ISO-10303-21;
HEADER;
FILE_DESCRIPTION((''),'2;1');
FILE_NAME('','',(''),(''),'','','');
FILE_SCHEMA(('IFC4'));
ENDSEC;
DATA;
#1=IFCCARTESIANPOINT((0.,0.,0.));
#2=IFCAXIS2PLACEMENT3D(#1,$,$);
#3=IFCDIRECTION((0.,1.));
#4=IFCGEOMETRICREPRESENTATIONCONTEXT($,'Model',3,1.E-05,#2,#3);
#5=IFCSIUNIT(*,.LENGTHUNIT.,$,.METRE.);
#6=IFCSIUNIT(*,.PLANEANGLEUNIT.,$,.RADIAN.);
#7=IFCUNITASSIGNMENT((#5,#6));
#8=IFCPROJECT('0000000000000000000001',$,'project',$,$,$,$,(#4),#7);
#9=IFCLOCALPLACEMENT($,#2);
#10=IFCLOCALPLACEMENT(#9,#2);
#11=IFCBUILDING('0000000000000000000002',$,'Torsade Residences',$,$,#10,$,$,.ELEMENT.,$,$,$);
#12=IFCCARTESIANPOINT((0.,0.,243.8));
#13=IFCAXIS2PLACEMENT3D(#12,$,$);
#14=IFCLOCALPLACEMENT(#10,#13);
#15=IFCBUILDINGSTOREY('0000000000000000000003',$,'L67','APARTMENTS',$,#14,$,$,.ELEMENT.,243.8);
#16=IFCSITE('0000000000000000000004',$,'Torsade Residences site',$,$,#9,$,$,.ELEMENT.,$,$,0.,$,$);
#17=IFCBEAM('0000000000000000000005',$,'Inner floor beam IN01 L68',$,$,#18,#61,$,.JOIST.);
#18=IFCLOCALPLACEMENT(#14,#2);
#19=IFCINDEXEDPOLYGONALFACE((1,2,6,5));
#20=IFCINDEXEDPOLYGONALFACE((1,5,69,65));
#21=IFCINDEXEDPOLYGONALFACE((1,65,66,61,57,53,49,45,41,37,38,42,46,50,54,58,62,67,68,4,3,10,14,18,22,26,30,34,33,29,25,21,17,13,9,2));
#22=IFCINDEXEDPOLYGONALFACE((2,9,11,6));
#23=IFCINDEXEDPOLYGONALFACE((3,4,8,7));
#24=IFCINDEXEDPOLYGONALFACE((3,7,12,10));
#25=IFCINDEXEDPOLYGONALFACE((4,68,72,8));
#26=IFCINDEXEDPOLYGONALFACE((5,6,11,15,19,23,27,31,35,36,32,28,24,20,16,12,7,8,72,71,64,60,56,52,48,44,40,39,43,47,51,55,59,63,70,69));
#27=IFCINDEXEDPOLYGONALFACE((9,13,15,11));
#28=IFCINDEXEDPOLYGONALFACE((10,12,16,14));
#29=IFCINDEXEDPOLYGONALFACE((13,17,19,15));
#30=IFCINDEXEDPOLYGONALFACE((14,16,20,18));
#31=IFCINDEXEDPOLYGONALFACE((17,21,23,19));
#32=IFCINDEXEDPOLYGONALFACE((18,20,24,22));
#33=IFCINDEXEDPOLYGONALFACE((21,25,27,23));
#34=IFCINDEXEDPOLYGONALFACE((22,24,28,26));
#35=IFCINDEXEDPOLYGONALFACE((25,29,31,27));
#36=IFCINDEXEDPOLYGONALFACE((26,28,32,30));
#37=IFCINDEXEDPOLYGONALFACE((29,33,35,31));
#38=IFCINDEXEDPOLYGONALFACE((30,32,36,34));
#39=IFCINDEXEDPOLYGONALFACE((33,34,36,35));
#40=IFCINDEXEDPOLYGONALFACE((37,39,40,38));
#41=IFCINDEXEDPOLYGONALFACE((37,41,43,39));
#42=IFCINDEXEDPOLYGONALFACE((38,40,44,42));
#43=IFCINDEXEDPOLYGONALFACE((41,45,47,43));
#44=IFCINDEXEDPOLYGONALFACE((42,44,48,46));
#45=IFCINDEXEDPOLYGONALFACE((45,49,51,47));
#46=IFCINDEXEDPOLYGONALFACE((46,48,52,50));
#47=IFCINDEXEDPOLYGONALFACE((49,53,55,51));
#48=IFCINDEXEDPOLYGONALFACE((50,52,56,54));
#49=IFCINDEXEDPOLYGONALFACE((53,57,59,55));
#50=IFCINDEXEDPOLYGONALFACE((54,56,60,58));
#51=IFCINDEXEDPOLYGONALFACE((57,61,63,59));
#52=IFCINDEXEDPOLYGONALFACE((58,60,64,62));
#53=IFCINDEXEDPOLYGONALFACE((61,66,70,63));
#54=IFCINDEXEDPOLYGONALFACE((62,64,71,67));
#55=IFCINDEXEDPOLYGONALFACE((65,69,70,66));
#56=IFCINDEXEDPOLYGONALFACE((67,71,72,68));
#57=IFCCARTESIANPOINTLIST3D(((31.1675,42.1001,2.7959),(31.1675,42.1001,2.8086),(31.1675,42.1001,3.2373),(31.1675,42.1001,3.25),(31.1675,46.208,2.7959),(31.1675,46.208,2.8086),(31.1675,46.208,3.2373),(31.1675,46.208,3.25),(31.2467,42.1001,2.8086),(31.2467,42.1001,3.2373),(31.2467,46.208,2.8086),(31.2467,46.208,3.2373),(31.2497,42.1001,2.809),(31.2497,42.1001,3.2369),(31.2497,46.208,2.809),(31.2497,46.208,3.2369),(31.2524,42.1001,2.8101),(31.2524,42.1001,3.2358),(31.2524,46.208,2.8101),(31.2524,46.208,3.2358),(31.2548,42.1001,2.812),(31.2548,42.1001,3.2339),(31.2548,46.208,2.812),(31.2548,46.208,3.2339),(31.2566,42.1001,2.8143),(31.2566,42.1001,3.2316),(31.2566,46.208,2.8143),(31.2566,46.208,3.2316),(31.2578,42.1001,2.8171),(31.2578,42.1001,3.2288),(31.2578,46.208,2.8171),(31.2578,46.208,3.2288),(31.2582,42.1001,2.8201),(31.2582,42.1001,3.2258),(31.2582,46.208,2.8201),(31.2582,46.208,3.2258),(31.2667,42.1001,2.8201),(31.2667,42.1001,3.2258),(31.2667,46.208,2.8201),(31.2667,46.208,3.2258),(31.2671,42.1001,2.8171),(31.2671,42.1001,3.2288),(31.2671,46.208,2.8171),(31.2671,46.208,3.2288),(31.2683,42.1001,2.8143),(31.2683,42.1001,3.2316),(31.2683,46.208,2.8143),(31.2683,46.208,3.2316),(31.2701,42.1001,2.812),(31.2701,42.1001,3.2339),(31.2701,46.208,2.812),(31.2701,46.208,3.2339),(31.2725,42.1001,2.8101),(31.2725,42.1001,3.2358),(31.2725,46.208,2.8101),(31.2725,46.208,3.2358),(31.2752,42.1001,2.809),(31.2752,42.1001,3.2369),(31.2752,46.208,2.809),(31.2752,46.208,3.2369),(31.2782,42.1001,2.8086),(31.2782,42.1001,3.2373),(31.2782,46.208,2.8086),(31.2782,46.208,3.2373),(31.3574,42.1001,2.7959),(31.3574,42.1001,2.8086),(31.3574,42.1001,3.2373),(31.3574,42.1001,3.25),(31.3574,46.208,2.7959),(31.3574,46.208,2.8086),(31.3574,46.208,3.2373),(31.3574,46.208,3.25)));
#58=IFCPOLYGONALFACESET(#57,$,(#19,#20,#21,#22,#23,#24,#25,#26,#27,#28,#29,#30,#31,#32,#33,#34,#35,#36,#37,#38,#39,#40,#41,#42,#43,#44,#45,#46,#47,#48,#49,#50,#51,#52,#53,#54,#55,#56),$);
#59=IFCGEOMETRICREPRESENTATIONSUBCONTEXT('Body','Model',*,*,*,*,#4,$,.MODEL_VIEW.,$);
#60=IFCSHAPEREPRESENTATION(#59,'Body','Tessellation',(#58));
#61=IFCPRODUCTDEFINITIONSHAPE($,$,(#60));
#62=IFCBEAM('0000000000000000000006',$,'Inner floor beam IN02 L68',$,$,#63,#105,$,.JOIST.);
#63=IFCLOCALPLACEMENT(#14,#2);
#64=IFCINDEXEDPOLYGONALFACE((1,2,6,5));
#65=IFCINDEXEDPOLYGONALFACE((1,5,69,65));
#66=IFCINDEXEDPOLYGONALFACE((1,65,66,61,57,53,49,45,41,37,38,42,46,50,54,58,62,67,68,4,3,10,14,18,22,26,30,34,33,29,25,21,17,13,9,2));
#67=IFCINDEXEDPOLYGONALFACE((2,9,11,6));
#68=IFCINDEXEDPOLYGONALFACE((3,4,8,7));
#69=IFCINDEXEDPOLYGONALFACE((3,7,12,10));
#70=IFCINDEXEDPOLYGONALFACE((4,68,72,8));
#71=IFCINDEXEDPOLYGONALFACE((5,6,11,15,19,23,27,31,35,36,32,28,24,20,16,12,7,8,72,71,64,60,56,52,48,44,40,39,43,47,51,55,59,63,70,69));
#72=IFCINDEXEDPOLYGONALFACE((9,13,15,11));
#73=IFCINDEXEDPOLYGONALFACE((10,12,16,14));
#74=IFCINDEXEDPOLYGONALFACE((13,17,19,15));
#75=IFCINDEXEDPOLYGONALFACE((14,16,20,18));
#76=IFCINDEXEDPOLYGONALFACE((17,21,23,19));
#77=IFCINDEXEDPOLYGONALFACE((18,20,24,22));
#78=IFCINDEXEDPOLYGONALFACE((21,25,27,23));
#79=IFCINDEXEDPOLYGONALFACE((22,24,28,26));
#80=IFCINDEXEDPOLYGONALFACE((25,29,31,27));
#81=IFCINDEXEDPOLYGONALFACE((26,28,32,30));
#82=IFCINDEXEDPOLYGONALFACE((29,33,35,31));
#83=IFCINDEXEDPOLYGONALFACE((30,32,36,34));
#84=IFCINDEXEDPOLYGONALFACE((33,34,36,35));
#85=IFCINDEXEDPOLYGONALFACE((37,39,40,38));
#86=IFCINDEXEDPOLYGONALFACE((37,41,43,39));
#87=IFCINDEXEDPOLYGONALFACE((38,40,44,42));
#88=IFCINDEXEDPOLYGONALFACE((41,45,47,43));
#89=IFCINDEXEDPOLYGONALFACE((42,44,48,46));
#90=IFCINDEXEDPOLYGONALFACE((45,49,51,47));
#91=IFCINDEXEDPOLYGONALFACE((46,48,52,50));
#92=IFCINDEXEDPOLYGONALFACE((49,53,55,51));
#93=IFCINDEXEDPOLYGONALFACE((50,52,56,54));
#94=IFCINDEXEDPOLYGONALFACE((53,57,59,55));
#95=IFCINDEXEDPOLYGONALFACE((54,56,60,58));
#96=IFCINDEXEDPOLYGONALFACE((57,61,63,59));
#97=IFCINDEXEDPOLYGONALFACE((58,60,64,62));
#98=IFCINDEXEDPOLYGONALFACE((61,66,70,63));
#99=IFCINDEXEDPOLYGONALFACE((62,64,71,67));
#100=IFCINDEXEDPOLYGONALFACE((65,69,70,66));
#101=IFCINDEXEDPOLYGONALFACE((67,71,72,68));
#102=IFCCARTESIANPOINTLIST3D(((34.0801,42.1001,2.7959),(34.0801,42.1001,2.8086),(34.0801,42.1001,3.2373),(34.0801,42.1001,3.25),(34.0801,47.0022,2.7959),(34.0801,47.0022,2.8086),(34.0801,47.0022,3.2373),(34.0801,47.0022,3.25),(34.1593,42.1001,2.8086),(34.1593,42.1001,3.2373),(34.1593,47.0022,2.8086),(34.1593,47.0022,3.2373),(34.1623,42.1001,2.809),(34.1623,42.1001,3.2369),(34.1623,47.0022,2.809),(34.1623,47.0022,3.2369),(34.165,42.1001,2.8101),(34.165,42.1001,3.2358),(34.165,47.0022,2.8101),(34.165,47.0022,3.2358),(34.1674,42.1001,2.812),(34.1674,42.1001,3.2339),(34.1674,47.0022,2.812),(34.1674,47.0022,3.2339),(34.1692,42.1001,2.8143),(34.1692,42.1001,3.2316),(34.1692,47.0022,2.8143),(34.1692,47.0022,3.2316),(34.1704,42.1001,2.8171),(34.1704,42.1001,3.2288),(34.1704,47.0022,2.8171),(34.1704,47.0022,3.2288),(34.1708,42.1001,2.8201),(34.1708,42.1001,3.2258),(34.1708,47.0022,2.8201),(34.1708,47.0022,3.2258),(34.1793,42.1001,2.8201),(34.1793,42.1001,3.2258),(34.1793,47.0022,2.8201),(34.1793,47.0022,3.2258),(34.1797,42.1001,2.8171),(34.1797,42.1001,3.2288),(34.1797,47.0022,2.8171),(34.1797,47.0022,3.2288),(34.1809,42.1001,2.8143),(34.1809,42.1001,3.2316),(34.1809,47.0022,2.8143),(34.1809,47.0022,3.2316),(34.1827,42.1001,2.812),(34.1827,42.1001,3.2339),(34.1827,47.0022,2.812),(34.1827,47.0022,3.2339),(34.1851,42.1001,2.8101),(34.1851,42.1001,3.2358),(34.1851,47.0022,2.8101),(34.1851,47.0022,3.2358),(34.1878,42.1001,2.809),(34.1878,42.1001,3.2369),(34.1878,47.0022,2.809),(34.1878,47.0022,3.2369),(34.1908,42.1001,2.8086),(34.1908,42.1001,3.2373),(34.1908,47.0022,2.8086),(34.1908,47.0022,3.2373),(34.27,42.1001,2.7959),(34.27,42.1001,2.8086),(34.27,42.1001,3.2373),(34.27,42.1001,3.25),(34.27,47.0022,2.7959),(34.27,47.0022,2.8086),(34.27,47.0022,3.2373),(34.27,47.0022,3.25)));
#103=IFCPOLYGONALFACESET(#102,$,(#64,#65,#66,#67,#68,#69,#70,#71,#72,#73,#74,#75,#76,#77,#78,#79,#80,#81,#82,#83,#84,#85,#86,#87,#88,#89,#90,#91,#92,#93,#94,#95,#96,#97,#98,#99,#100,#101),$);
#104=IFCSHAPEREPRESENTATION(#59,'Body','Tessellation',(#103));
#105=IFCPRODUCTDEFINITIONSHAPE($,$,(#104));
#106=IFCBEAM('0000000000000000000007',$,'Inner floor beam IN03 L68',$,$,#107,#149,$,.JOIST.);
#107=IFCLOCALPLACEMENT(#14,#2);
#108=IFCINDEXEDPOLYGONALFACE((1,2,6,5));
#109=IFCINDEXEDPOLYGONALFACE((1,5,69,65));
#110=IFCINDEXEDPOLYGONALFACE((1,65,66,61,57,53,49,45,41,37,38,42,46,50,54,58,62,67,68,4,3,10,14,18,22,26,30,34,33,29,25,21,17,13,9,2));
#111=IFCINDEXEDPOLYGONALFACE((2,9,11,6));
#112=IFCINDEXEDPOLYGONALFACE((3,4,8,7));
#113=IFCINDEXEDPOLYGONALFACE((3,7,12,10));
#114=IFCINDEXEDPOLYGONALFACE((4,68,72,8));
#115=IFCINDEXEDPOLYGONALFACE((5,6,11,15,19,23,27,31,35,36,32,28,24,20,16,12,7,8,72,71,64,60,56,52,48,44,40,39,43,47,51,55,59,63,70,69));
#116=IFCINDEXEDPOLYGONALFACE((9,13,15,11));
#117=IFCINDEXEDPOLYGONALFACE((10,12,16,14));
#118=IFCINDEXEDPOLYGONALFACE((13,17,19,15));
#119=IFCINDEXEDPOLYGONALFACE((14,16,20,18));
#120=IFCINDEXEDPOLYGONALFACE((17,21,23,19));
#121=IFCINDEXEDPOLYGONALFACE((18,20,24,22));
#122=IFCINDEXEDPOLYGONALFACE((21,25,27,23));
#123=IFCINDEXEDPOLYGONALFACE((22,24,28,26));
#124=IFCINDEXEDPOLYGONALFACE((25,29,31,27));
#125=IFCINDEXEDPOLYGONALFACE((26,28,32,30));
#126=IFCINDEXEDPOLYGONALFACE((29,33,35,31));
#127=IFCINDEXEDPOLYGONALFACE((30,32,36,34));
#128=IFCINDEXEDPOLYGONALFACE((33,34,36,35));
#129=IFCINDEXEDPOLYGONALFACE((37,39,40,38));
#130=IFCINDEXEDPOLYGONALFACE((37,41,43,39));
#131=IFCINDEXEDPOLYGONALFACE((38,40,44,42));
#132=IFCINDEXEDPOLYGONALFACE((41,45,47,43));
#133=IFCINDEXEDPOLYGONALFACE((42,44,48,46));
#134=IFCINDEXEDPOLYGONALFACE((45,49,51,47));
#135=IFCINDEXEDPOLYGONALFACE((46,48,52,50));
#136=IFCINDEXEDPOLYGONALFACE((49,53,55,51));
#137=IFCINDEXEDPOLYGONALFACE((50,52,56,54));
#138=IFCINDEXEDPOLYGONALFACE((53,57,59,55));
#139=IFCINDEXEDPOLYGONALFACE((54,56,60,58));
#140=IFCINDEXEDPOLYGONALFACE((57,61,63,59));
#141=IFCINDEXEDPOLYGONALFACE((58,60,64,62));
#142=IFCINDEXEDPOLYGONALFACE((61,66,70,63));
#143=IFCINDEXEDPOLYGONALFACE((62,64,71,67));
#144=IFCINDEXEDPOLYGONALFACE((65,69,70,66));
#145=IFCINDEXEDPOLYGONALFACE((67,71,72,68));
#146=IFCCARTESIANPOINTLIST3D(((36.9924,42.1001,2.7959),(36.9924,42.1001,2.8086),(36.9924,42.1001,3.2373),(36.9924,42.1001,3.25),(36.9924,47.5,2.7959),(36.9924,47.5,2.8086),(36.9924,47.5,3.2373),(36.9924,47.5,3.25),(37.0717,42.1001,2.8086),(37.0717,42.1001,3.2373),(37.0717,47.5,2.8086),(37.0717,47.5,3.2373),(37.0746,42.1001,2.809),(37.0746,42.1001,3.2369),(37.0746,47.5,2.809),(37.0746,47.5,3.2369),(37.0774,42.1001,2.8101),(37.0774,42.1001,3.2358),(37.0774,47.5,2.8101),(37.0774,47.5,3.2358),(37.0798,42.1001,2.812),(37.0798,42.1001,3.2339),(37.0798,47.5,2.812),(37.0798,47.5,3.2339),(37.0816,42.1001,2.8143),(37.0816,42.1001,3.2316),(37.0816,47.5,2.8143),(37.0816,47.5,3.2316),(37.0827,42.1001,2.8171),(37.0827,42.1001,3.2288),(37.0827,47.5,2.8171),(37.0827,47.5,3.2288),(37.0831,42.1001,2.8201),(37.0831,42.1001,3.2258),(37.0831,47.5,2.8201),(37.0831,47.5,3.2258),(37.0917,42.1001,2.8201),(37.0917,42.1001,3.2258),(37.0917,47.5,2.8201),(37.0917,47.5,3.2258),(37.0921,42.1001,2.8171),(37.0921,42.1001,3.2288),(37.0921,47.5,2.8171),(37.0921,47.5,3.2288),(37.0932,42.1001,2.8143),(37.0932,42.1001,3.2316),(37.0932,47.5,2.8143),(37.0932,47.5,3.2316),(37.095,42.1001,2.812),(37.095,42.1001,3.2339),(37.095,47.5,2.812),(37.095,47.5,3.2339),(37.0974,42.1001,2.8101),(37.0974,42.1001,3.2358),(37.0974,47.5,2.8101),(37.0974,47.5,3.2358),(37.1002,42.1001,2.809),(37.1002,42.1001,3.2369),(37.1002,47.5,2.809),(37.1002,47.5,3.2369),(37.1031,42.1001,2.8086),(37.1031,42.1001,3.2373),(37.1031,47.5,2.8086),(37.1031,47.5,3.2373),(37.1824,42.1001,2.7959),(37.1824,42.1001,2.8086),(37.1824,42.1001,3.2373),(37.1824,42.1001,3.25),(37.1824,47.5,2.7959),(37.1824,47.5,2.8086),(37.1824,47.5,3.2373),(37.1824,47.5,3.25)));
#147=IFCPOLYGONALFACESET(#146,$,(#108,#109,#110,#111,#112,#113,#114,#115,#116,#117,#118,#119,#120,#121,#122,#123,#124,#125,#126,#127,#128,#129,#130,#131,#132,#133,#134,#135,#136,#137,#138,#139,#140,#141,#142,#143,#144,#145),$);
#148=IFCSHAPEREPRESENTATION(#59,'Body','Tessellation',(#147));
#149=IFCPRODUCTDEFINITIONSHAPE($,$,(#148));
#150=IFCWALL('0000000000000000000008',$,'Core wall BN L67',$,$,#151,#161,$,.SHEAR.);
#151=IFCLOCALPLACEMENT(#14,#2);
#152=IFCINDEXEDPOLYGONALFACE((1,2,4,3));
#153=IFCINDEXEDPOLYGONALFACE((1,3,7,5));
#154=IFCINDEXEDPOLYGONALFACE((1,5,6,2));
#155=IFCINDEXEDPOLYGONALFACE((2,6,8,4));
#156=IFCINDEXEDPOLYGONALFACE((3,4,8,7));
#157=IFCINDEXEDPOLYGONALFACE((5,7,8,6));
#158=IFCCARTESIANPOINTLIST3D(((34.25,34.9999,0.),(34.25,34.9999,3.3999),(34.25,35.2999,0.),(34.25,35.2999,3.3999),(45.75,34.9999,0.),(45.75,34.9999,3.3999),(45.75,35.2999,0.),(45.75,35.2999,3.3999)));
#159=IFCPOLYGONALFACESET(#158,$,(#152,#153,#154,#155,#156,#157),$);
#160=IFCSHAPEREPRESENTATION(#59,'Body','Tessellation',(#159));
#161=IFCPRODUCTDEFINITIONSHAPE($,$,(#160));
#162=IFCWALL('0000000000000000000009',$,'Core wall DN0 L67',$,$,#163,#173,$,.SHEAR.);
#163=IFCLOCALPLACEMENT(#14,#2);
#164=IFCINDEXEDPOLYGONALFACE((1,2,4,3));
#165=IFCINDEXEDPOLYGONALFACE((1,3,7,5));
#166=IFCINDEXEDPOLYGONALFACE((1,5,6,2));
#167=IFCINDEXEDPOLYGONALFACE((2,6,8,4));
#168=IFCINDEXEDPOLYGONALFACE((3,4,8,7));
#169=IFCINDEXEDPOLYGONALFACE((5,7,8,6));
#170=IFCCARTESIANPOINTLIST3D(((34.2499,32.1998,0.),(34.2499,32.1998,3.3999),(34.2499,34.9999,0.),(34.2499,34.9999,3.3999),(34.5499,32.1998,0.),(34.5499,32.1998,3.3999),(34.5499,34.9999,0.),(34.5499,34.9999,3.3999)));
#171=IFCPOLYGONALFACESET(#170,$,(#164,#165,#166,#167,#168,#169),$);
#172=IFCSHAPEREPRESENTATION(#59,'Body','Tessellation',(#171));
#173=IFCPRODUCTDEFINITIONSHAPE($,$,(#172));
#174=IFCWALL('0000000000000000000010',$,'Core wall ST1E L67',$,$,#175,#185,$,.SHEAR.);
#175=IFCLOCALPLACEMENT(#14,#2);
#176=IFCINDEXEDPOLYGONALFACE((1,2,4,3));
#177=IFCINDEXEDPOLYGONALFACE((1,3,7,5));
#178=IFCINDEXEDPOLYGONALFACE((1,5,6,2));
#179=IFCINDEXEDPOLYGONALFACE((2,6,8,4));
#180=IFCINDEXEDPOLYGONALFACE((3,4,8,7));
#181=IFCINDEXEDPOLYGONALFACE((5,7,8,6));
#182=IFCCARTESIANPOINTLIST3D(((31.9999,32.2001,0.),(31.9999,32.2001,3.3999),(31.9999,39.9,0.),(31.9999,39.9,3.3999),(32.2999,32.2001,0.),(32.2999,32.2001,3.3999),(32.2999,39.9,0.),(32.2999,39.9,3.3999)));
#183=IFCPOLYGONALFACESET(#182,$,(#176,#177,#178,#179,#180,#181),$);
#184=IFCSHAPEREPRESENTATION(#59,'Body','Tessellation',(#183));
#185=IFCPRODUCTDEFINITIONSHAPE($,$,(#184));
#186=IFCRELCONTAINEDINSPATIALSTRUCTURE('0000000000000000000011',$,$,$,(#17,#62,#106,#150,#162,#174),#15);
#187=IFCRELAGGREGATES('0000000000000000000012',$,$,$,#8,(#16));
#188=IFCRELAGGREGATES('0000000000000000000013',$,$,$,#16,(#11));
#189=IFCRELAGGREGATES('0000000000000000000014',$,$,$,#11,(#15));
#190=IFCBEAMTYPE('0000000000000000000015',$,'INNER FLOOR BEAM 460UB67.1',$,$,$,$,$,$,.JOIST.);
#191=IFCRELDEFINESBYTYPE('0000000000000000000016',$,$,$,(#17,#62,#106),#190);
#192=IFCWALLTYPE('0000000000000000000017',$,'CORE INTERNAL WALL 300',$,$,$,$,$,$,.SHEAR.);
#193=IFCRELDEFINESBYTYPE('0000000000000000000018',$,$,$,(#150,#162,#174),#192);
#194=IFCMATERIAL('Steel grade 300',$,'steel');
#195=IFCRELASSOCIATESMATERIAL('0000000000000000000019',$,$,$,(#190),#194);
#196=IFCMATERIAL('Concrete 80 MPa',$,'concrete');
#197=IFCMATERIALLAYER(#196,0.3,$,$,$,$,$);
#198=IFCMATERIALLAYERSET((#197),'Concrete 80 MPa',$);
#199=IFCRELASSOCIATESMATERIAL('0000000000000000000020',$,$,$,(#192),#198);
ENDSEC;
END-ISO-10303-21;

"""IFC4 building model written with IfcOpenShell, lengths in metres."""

from ifc_helpers import new_model, si_unit, direction, frame, frame_2d, origin, origin_2d, place, context, subcontext, project, spatial, rectangle, i_section, extrude, material, layer, layer_set, material_profile, profile_set, type_object, element, save


model = new_model("IFC4")

# Units and contexts
model_context = context("Model", 3, precision=1e-05, world=origin(), true_north=direction((0.0, 1.0)))
body_context = subcontext(model_context, "Body", "Model", "MODEL_VIEW")
ifc_project = project(units=[si_unit("LENGTHUNIT", "METRE"), si_unit("PLANEANGLEUNIT", "RADIAN")], contexts=[model_context])

# Site, building, storey
site_placement = place(None, origin())
site = spatial("IfcSite", under=ifc_project, at=site_placement, Name="Torsade Residences site", CompositionType="ELEMENT", RefElevation=0.0)
building_placement = place(site_placement, origin())
building = spatial("IfcBuilding", under=site, at=building_placement, Name="Torsade Residences", CompositionType="ELEMENT")
storey_placement = place(building_placement, frame((0.0, 0.0, 243.8)))
storey = spatial("IfcBuildingStorey", under=building, at=storey_placement, Name="L67", Description="APARTMENTS", CompositionType="ELEMENT", Elevation=243.8)

# Beams
ifc_material_1 = material(Name="Steel grade 300", Category="steel")
ifc_material_profile = material_profile(ifc_material_1, i_section(OverallWidth=0.1899, OverallDepth=0.4541, WebThickness=0.0085, FlangeThickness=0.0127, FilletRadius=0.0115, at=origin_2d()), Name="460UB67.1")
ifc_profile_set = profile_set([ifc_material_profile], Name="Steel grade 300")
beam_type = type_object("IfcBeamType", Name="INNER FLOOR BEAM 460UB67.1", PredefinedType="JOIST", material=ifc_profile_set)
beam_1_placement = place(storey_placement, frame((31.2625, 42.1001, 3.0229), z_axis=(0.0, 1.0, 0.0), x_axis=(-1.0, 0.0, 0.0)))
element("IfcBeam", 1, at=beam_1_placement, inside=storey, type_object=beam_type, Name="Inner floor beam IN01 L68", PredefinedType="JOIST", context=body_context, shape_type="SweptSolid", body=[
    extrude(i_section(OverallWidth=0.1899, OverallDepth=0.4541, WebThickness=0.0085, FlangeThickness=0.0127, FilletRadius=0.0115, at=origin_2d()), origin(), (0.0, 0.0, 1.0), 4.1079),
])
beam_2_placement = place(storey_placement, frame((34.175, 42.1001, 3.0229), z_axis=(0.0, 1.0, 0.0), x_axis=(-1.0, 0.0, 0.0)))
element("IfcBeam", 2, at=beam_2_placement, inside=storey, type_object=beam_type, Name="Inner floor beam IN02 L68", PredefinedType="JOIST", context=body_context, shape_type="SweptSolid", body=[
    extrude(i_section(OverallWidth=0.1899, OverallDepth=0.4541, WebThickness=0.0085, FlangeThickness=0.0127, FilletRadius=0.0115, at=origin_2d()), origin(), (0.0, 0.0, 1.0), 4.9021),
])
beam_3_placement = place(storey_placement, frame((37.0874, 42.1001, 3.0229), z_axis=(0.0, 1.0, 0.0), x_axis=(-1.0, 0.0, 0.0)))
element("IfcBeam", 3, at=beam_3_placement, inside=storey, type_object=beam_type, Name="Inner floor beam IN03 L68", PredefinedType="JOIST", context=body_context, shape_type="SweptSolid", body=[
    extrude(i_section(OverallWidth=0.1899, OverallDepth=0.4541, WebThickness=0.0085, FlangeThickness=0.0127, FilletRadius=0.0115, at=origin_2d()), origin(), (0.0, 0.0, 1.0), 5.3999),
])

# Walls
ifc_material_2 = material(Name="Concrete 80 MPa", Category="concrete")
ifc_layer_1 = layer(ifc_material_2, 0.3)
ifc_layer_set_1 = layer_set([ifc_layer_1], Name="Concrete 80 MPa")
wall_type_1 = type_object("IfcWallType", Name="CORE INTERNAL WALL 300", PredefinedType="SHEAR", material=ifc_layer_set_1)
wall_1_placement = place(storey_placement, frame((34.25, 35.1499, 0.0), z_axis=(0.0, 0.0, 1.0), x_axis=(1.0, 0.0, 0.0)))
element("IfcWall", 4, at=wall_1_placement, inside=storey, type_object=wall_type_1, Name="Core wall BN L67", PredefinedType="SHEAR", context=body_context, shape_type="SweptSolid", body=[
    extrude(rectangle(XDim=11.5, YDim=0.3, at=frame_2d((5.75, 0.0))), origin(), (0.0, 0.0, 1.0), 3.3999),
])
wall_2_placement = place(storey_placement, frame((34.3999, 32.2, 0.0), z_axis=(0.0, 0.0, 1.0), x_axis=(0.0, 1.0, 0.0)))
element("IfcWall", 5, at=wall_2_placement, inside=storey, type_object=wall_type_1, Name="Core wall DN0 L67", PredefinedType="SHEAR", context=body_context, shape_type="SweptSolid", body=[
    extrude(rectangle(XDim=2.8, YDim=0.3, at=frame_2d((1.3999, 0.0))), origin(), (0.0, 0.0, 1.0), 3.3999),
])
wall_3_placement = place(storey_placement, frame((32.1499, 32.2, 0.0), z_axis=(0.0, 0.0, 1.0), x_axis=(0.0, 1.0, 0.0)))
element("IfcWall", 6, at=wall_3_placement, inside=storey, type_object=wall_type_1, Name="Core wall ST1E L67", PredefinedType="SHEAR", context=body_context, shape_type="SweptSolid", body=[
    extrude(rectangle(XDim=7.7, YDim=0.3, at=frame_2d((3.8501, 0.0))), origin(), (0.0, 0.0, 1.0), 3.3999),
])

save(model, "model.ifc")
